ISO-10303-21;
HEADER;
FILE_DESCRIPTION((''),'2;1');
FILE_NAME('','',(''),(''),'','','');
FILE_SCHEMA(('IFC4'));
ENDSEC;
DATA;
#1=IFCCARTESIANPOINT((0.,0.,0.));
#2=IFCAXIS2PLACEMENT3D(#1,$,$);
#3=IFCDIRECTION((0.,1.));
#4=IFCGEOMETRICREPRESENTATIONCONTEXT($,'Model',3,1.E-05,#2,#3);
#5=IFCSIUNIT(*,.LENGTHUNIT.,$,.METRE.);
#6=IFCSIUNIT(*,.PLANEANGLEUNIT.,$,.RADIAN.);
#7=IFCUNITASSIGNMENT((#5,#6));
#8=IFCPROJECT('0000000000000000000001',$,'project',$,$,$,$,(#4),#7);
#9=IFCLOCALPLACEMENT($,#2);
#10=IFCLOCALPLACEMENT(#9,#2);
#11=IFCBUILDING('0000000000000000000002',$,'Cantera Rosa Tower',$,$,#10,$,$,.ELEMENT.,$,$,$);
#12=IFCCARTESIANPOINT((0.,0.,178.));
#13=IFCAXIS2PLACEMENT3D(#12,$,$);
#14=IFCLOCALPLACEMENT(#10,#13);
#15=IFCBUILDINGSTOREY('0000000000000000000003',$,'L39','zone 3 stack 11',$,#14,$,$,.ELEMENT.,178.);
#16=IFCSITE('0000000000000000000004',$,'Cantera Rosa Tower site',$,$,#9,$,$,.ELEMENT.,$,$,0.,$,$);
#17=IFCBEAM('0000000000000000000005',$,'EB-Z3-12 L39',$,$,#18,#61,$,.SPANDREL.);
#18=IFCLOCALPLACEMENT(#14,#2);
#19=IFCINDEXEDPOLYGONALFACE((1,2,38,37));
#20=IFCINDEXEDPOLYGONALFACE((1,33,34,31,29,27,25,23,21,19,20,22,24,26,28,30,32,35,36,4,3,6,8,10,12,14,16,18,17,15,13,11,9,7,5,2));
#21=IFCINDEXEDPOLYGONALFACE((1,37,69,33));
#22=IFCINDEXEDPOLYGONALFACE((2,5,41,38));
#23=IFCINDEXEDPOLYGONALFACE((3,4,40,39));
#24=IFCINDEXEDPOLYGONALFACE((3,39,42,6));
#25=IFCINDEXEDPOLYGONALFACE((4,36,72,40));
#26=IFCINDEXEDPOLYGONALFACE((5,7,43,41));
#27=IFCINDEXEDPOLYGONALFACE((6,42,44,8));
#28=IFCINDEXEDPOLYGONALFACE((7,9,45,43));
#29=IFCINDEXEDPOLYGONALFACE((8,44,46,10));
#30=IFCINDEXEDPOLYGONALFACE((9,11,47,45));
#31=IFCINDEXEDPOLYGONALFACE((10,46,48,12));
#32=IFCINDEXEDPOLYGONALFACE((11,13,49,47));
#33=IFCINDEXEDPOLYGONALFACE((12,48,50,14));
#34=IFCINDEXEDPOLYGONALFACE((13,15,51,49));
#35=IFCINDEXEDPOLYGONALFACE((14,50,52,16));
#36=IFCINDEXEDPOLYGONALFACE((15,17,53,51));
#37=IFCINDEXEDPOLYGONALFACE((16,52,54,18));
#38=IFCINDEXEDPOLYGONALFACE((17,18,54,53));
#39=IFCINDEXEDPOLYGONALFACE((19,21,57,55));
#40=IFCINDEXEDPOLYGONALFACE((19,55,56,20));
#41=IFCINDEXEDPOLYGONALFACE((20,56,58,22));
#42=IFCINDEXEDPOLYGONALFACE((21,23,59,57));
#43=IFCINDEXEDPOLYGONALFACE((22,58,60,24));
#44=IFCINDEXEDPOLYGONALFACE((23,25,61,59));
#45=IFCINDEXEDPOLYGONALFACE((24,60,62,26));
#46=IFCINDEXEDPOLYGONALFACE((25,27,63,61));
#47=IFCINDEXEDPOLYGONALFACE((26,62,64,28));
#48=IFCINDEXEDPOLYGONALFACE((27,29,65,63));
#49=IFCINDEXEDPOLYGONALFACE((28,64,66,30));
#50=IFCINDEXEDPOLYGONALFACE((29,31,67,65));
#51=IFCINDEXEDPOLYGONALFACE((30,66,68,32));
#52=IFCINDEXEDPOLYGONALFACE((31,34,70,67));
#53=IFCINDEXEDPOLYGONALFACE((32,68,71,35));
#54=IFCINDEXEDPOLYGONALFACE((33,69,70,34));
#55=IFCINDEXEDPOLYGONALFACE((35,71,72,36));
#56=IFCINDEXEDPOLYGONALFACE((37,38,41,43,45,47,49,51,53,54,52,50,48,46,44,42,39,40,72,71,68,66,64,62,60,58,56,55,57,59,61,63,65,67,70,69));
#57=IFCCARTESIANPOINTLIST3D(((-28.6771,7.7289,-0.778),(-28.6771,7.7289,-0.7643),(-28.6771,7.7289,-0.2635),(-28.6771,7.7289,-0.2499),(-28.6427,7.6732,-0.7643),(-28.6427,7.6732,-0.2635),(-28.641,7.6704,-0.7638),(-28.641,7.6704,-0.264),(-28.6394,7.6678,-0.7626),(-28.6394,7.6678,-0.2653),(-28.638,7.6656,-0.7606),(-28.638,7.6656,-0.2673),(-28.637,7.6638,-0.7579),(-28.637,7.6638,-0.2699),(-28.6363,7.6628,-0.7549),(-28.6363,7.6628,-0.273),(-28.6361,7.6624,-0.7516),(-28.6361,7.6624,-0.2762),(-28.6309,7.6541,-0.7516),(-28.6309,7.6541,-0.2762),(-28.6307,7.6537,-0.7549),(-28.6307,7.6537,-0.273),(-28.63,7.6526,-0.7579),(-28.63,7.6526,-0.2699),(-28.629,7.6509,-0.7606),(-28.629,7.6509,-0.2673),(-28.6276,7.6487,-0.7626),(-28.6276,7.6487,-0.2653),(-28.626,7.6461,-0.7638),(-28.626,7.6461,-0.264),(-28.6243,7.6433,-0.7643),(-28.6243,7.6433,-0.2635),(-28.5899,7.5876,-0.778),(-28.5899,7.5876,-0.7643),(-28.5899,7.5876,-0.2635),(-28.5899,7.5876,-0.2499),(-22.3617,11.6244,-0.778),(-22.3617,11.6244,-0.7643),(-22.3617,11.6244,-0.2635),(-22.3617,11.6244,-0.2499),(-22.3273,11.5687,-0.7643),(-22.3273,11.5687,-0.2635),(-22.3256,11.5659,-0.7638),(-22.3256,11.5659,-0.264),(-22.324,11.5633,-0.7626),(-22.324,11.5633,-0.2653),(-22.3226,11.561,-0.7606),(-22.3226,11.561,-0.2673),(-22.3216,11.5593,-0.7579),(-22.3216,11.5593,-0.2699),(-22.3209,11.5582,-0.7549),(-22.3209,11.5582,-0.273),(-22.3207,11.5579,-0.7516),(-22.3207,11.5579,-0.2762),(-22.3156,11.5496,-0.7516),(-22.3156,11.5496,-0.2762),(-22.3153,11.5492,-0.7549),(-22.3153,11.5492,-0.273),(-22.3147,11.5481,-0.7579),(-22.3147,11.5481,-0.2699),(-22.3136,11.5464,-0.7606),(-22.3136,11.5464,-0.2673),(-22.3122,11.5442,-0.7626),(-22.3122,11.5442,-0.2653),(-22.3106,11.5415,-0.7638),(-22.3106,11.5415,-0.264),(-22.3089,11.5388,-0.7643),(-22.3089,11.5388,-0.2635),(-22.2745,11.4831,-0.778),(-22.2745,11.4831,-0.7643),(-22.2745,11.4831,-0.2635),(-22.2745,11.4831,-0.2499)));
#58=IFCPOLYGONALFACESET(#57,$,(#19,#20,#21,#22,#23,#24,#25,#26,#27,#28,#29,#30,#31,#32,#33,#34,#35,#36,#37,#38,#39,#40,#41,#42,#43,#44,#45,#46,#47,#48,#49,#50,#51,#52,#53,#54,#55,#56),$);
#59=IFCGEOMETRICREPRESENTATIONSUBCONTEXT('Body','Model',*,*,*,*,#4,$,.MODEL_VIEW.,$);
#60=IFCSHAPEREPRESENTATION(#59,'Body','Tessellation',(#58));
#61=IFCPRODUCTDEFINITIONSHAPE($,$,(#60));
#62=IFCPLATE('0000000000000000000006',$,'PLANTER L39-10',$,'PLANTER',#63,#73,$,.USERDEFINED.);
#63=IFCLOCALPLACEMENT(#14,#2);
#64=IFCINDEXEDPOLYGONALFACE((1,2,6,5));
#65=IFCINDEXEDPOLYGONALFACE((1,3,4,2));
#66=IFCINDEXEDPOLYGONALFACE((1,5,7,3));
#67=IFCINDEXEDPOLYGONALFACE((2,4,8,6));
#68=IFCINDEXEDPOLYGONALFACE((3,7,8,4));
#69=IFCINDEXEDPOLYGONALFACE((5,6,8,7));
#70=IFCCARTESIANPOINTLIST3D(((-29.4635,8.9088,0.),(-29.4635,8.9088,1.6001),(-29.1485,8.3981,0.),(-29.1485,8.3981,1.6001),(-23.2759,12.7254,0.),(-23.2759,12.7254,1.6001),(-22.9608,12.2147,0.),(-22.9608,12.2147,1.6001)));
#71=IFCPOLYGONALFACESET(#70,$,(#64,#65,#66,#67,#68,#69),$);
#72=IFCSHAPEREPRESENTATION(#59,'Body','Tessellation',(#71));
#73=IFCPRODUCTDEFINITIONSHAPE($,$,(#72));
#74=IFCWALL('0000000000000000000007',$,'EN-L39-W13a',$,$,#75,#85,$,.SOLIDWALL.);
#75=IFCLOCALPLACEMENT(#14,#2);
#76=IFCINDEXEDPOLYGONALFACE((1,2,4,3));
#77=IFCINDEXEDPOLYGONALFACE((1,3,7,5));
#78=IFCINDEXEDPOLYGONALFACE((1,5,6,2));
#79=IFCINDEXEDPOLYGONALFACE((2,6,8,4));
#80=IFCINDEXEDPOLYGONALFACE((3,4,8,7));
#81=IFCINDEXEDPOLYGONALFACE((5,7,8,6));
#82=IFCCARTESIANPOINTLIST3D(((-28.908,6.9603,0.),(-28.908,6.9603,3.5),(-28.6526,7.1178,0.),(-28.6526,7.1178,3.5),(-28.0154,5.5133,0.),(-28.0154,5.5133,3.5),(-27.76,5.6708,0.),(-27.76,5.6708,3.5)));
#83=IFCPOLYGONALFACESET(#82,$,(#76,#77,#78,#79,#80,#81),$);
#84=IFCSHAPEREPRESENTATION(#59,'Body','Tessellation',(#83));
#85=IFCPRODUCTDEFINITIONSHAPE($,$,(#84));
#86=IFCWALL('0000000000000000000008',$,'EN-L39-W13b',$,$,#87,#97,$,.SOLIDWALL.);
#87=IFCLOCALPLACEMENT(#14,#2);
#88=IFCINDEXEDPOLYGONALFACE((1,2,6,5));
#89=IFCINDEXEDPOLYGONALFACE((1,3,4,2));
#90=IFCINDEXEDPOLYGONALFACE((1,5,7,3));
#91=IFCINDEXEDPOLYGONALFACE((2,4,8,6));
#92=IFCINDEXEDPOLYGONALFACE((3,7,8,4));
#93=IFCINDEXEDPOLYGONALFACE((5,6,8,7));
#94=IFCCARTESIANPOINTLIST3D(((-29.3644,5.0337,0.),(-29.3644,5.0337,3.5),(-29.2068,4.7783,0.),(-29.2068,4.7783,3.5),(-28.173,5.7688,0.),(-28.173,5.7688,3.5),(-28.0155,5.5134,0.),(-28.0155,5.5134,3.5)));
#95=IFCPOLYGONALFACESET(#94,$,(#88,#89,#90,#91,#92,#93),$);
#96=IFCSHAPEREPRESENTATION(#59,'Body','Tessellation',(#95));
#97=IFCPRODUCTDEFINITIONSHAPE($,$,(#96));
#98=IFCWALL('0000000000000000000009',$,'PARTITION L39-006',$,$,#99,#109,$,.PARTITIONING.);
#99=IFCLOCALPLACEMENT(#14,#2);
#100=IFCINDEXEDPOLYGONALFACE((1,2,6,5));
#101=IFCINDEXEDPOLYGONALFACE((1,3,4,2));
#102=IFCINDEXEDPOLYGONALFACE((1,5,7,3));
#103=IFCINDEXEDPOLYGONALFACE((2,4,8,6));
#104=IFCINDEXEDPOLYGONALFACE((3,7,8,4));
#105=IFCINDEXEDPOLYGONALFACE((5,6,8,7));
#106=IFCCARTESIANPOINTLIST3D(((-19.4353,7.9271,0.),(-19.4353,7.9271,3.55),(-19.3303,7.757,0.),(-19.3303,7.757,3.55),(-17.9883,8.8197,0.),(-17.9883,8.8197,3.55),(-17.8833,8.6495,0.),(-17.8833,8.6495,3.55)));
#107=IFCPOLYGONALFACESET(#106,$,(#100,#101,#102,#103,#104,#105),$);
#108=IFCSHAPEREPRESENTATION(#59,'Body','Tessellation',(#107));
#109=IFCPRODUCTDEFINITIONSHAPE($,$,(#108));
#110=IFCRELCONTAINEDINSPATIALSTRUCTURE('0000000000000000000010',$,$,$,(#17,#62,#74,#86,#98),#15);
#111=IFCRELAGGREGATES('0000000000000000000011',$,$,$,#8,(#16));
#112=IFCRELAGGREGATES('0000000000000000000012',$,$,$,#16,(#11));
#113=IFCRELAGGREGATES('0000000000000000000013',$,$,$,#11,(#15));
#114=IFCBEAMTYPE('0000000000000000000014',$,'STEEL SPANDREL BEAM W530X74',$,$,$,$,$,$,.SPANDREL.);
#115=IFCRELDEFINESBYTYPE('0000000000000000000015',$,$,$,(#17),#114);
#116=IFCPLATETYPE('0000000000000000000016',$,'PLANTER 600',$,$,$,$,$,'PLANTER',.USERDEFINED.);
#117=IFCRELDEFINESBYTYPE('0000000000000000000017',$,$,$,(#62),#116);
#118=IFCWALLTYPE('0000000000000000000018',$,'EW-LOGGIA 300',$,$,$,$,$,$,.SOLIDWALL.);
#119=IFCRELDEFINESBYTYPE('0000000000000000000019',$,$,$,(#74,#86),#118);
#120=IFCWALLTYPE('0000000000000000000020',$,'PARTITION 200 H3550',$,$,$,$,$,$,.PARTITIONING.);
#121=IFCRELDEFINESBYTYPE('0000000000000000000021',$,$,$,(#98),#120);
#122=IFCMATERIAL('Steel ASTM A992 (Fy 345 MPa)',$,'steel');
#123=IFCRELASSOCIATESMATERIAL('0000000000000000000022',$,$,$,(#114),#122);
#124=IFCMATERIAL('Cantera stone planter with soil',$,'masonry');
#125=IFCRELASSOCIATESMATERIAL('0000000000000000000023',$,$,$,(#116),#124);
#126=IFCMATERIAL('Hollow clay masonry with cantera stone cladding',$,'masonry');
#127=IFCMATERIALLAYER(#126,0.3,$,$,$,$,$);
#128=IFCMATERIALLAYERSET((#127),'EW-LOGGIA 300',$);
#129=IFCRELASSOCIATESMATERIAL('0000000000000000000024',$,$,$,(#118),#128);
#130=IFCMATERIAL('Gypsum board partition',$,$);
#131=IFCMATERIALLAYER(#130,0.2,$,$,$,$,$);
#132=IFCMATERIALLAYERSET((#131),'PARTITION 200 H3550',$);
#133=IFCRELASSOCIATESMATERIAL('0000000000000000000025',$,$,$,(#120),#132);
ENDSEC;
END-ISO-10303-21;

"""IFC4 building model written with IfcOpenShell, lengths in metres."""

from ifc_helpers import new_model, si_unit, direction, frame, frame_2d, origin, origin_2d, place, context, subcontext, project, spatial, rectangle, i_section, extrude, material, layer, layer_set, material_profile, profile_set, type_object, element, save


model = new_model("IFC4")

# Units and contexts
model_context = context("Model", 3, precision=1e-05, world=origin(), true_north=direction((0.0, 1.0)))
body_context = subcontext(model_context, "Body", "Model", "MODEL_VIEW")
ifc_project = project(units=[si_unit("LENGTHUNIT", "METRE"), si_unit("PLANEANGLEUNIT", "RADIAN")], contexts=[model_context])

# Site, building, storey
site_placement = place(None, origin())
site = spatial("IfcSite", under=ifc_project, at=site_placement, Name="Cantera Rosa Tower site", CompositionType="ELEMENT", RefElevation=0.0)
building_placement = place(site_placement, origin())
building = spatial("IfcBuilding", under=site, at=building_placement, Name="Cantera Rosa Tower", CompositionType="ELEMENT")
storey_placement = place(building_placement, frame((0.0, 0.0, 178.0)))
storey = spatial("IfcBuildingStorey", under=building, at=storey_placement, Name="L39", Description="zone 3 stack 11", CompositionType="ELEMENT", Elevation=178.0)

# Beam
ifc_material_1 = material(Name="Steel ASTM A992 (Fy 345 MPa)", Category="steel")
ifc_material_profile_1 = material_profile(ifc_material_1, i_section(OverallWidth=0.166, OverallDepth=0.5281, WebThickness=0.0098, FlangeThickness=0.0137, FilletRadius=0.0127, at=origin_2d()), Name="W530X74")
ifc_profile_set_1 = profile_set([ifc_material_profile_1], Name="Steel ASTM A992 (Fy 345 MPa)")
beam_type_1 = type_object("IfcBeamType", Name="STEEL SPANDREL BEAM W530X74", PredefinedType="SPANDREL", material=ifc_profile_set_1)
beam_1_placement = place(storey_placement, frame((-22.3181, 11.5537, -0.5139), z_axis=(-0.851111, -0.524986, 0.0), x_axis=(0.524986, -0.851111, 0.0)))
element("IfcBeam", 1, at=beam_1_placement, inside=storey, type_object=beam_type_1, Name="EB-Z3-12 L39", PredefinedType="SPANDREL", context=body_context, shape_type="SweptSolid", body=[
    extrude(i_section(OverallWidth=0.166, OverallDepth=0.5281, WebThickness=0.0098, FlangeThickness=0.0137, FilletRadius=0.0127, at=origin_2d()), origin(), (0.0, 0.0, 1.0), 7.4202),
])

# Plate
ifc_material_2 = material(Name="Cantera stone planter with soil", Category="masonry")
plate_type = type_object("IfcPlateType", Name="PLANTER 600", ElementType="PLANTER", PredefinedType="USERDEFINED", material=ifc_material_2)
plate_placement = place(storey_placement, frame((-26.2122, 10.5618, 0.0), z_axis=(0.0, 0.0, 1.0), x_axis=(-0.851117, -0.524977, 0.0)))
element("IfcPlate", 2, at=plate_placement, inside=storey, type_object=plate_type, Name="PLANTER L39-10", ObjectType="PLANTER", PredefinedType="USERDEFINED", context=body_context, shape_type="SweptSolid", body=[
    extrude(rectangle(XDim=7.27, YDim=0.6001, at=origin_2d()), origin(), (0.0, 0.0, 1.0), 1.6001),
])

# Walls
ifc_material_3 = material(Name="Hollow clay masonry with cantera stone cladding", Category="masonry")
ifc_layer_1 = layer(ifc_material_3, 0.3)
ifc_layer_set_1 = layer_set([ifc_layer_1], Name="EW-LOGGIA 300")
wall_type_1 = type_object("IfcWallType", Name="EW-LOGGIA 300", PredefinedType="SOLIDWALL", material=ifc_layer_set_1)
wall_1_placement = place(storey_placement, frame((-28.7803, 7.0391, 0.0), z_axis=(0.0, 0.0, 1.0), x_axis=(0.524994, -0.851106, 0.0)))
element("IfcWall", 3, at=wall_1_placement, inside=storey, type_object=wall_type_1, Name="EN-L39-W13a", PredefinedType="SOLIDWALL", context=body_context, shape_type="SweptSolid", body=[
    extrude(rectangle(XDim=1.7002, YDim=0.3, at=frame_2d((0.8501, 0.0))), origin(), (0.0, 0.0, 1.0), 3.5),
])
wall_2_placement = place(storey_placement, frame((-28.0942, 5.6411, 0.0), z_axis=(0.0, 0.0, 1.0), x_axis=(-0.851041, -0.525099, 0.0)))
element("IfcWall", 4, at=wall_2_placement, inside=storey, type_object=wall_type_1, Name="EN-L39-W13b", PredefinedType="SOLIDWALL", context=body_context, shape_type="SweptSolid", body=[
    extrude(rectangle(XDim=1.3999, YDim=0.3, at=frame_2d((0.7, 0.0))), origin(), (0.0, 0.0, 1.0), 3.5),
])

# Wall
ifc_material_4 = material(Name="Gypsum board partition")
ifc_layer_2 = layer(ifc_material_4, 0.2)
ifc_layer_set_2 = layer_set([ifc_layer_2], Name="PARTITION 200 H3550")
wall_type_2 = type_object("IfcWallType", Name="PARTITION 200 H3550", PredefinedType="PARTITIONING", material=ifc_layer_set_2)
wall_3_placement = place(storey_placement, frame((-19.3828, 7.842, 0.0), z_axis=(0.0, 0.0, 1.0), x_axis=(0.851106, 0.524994, 0.0)))
element("IfcWall", 5, at=wall_3_placement, inside=storey, type_object=wall_type_2, Name="PARTITION L39-006", PredefinedType="PARTITIONING", context=body_context, shape_type="SweptSolid", body=[
    extrude(rectangle(XDim=1.7002, YDim=0.2, at=frame_2d((0.8501, 0.0))), origin(), (0.0, 0.0, 1.0), 3.55),
])

save(model, "model.ifc")
